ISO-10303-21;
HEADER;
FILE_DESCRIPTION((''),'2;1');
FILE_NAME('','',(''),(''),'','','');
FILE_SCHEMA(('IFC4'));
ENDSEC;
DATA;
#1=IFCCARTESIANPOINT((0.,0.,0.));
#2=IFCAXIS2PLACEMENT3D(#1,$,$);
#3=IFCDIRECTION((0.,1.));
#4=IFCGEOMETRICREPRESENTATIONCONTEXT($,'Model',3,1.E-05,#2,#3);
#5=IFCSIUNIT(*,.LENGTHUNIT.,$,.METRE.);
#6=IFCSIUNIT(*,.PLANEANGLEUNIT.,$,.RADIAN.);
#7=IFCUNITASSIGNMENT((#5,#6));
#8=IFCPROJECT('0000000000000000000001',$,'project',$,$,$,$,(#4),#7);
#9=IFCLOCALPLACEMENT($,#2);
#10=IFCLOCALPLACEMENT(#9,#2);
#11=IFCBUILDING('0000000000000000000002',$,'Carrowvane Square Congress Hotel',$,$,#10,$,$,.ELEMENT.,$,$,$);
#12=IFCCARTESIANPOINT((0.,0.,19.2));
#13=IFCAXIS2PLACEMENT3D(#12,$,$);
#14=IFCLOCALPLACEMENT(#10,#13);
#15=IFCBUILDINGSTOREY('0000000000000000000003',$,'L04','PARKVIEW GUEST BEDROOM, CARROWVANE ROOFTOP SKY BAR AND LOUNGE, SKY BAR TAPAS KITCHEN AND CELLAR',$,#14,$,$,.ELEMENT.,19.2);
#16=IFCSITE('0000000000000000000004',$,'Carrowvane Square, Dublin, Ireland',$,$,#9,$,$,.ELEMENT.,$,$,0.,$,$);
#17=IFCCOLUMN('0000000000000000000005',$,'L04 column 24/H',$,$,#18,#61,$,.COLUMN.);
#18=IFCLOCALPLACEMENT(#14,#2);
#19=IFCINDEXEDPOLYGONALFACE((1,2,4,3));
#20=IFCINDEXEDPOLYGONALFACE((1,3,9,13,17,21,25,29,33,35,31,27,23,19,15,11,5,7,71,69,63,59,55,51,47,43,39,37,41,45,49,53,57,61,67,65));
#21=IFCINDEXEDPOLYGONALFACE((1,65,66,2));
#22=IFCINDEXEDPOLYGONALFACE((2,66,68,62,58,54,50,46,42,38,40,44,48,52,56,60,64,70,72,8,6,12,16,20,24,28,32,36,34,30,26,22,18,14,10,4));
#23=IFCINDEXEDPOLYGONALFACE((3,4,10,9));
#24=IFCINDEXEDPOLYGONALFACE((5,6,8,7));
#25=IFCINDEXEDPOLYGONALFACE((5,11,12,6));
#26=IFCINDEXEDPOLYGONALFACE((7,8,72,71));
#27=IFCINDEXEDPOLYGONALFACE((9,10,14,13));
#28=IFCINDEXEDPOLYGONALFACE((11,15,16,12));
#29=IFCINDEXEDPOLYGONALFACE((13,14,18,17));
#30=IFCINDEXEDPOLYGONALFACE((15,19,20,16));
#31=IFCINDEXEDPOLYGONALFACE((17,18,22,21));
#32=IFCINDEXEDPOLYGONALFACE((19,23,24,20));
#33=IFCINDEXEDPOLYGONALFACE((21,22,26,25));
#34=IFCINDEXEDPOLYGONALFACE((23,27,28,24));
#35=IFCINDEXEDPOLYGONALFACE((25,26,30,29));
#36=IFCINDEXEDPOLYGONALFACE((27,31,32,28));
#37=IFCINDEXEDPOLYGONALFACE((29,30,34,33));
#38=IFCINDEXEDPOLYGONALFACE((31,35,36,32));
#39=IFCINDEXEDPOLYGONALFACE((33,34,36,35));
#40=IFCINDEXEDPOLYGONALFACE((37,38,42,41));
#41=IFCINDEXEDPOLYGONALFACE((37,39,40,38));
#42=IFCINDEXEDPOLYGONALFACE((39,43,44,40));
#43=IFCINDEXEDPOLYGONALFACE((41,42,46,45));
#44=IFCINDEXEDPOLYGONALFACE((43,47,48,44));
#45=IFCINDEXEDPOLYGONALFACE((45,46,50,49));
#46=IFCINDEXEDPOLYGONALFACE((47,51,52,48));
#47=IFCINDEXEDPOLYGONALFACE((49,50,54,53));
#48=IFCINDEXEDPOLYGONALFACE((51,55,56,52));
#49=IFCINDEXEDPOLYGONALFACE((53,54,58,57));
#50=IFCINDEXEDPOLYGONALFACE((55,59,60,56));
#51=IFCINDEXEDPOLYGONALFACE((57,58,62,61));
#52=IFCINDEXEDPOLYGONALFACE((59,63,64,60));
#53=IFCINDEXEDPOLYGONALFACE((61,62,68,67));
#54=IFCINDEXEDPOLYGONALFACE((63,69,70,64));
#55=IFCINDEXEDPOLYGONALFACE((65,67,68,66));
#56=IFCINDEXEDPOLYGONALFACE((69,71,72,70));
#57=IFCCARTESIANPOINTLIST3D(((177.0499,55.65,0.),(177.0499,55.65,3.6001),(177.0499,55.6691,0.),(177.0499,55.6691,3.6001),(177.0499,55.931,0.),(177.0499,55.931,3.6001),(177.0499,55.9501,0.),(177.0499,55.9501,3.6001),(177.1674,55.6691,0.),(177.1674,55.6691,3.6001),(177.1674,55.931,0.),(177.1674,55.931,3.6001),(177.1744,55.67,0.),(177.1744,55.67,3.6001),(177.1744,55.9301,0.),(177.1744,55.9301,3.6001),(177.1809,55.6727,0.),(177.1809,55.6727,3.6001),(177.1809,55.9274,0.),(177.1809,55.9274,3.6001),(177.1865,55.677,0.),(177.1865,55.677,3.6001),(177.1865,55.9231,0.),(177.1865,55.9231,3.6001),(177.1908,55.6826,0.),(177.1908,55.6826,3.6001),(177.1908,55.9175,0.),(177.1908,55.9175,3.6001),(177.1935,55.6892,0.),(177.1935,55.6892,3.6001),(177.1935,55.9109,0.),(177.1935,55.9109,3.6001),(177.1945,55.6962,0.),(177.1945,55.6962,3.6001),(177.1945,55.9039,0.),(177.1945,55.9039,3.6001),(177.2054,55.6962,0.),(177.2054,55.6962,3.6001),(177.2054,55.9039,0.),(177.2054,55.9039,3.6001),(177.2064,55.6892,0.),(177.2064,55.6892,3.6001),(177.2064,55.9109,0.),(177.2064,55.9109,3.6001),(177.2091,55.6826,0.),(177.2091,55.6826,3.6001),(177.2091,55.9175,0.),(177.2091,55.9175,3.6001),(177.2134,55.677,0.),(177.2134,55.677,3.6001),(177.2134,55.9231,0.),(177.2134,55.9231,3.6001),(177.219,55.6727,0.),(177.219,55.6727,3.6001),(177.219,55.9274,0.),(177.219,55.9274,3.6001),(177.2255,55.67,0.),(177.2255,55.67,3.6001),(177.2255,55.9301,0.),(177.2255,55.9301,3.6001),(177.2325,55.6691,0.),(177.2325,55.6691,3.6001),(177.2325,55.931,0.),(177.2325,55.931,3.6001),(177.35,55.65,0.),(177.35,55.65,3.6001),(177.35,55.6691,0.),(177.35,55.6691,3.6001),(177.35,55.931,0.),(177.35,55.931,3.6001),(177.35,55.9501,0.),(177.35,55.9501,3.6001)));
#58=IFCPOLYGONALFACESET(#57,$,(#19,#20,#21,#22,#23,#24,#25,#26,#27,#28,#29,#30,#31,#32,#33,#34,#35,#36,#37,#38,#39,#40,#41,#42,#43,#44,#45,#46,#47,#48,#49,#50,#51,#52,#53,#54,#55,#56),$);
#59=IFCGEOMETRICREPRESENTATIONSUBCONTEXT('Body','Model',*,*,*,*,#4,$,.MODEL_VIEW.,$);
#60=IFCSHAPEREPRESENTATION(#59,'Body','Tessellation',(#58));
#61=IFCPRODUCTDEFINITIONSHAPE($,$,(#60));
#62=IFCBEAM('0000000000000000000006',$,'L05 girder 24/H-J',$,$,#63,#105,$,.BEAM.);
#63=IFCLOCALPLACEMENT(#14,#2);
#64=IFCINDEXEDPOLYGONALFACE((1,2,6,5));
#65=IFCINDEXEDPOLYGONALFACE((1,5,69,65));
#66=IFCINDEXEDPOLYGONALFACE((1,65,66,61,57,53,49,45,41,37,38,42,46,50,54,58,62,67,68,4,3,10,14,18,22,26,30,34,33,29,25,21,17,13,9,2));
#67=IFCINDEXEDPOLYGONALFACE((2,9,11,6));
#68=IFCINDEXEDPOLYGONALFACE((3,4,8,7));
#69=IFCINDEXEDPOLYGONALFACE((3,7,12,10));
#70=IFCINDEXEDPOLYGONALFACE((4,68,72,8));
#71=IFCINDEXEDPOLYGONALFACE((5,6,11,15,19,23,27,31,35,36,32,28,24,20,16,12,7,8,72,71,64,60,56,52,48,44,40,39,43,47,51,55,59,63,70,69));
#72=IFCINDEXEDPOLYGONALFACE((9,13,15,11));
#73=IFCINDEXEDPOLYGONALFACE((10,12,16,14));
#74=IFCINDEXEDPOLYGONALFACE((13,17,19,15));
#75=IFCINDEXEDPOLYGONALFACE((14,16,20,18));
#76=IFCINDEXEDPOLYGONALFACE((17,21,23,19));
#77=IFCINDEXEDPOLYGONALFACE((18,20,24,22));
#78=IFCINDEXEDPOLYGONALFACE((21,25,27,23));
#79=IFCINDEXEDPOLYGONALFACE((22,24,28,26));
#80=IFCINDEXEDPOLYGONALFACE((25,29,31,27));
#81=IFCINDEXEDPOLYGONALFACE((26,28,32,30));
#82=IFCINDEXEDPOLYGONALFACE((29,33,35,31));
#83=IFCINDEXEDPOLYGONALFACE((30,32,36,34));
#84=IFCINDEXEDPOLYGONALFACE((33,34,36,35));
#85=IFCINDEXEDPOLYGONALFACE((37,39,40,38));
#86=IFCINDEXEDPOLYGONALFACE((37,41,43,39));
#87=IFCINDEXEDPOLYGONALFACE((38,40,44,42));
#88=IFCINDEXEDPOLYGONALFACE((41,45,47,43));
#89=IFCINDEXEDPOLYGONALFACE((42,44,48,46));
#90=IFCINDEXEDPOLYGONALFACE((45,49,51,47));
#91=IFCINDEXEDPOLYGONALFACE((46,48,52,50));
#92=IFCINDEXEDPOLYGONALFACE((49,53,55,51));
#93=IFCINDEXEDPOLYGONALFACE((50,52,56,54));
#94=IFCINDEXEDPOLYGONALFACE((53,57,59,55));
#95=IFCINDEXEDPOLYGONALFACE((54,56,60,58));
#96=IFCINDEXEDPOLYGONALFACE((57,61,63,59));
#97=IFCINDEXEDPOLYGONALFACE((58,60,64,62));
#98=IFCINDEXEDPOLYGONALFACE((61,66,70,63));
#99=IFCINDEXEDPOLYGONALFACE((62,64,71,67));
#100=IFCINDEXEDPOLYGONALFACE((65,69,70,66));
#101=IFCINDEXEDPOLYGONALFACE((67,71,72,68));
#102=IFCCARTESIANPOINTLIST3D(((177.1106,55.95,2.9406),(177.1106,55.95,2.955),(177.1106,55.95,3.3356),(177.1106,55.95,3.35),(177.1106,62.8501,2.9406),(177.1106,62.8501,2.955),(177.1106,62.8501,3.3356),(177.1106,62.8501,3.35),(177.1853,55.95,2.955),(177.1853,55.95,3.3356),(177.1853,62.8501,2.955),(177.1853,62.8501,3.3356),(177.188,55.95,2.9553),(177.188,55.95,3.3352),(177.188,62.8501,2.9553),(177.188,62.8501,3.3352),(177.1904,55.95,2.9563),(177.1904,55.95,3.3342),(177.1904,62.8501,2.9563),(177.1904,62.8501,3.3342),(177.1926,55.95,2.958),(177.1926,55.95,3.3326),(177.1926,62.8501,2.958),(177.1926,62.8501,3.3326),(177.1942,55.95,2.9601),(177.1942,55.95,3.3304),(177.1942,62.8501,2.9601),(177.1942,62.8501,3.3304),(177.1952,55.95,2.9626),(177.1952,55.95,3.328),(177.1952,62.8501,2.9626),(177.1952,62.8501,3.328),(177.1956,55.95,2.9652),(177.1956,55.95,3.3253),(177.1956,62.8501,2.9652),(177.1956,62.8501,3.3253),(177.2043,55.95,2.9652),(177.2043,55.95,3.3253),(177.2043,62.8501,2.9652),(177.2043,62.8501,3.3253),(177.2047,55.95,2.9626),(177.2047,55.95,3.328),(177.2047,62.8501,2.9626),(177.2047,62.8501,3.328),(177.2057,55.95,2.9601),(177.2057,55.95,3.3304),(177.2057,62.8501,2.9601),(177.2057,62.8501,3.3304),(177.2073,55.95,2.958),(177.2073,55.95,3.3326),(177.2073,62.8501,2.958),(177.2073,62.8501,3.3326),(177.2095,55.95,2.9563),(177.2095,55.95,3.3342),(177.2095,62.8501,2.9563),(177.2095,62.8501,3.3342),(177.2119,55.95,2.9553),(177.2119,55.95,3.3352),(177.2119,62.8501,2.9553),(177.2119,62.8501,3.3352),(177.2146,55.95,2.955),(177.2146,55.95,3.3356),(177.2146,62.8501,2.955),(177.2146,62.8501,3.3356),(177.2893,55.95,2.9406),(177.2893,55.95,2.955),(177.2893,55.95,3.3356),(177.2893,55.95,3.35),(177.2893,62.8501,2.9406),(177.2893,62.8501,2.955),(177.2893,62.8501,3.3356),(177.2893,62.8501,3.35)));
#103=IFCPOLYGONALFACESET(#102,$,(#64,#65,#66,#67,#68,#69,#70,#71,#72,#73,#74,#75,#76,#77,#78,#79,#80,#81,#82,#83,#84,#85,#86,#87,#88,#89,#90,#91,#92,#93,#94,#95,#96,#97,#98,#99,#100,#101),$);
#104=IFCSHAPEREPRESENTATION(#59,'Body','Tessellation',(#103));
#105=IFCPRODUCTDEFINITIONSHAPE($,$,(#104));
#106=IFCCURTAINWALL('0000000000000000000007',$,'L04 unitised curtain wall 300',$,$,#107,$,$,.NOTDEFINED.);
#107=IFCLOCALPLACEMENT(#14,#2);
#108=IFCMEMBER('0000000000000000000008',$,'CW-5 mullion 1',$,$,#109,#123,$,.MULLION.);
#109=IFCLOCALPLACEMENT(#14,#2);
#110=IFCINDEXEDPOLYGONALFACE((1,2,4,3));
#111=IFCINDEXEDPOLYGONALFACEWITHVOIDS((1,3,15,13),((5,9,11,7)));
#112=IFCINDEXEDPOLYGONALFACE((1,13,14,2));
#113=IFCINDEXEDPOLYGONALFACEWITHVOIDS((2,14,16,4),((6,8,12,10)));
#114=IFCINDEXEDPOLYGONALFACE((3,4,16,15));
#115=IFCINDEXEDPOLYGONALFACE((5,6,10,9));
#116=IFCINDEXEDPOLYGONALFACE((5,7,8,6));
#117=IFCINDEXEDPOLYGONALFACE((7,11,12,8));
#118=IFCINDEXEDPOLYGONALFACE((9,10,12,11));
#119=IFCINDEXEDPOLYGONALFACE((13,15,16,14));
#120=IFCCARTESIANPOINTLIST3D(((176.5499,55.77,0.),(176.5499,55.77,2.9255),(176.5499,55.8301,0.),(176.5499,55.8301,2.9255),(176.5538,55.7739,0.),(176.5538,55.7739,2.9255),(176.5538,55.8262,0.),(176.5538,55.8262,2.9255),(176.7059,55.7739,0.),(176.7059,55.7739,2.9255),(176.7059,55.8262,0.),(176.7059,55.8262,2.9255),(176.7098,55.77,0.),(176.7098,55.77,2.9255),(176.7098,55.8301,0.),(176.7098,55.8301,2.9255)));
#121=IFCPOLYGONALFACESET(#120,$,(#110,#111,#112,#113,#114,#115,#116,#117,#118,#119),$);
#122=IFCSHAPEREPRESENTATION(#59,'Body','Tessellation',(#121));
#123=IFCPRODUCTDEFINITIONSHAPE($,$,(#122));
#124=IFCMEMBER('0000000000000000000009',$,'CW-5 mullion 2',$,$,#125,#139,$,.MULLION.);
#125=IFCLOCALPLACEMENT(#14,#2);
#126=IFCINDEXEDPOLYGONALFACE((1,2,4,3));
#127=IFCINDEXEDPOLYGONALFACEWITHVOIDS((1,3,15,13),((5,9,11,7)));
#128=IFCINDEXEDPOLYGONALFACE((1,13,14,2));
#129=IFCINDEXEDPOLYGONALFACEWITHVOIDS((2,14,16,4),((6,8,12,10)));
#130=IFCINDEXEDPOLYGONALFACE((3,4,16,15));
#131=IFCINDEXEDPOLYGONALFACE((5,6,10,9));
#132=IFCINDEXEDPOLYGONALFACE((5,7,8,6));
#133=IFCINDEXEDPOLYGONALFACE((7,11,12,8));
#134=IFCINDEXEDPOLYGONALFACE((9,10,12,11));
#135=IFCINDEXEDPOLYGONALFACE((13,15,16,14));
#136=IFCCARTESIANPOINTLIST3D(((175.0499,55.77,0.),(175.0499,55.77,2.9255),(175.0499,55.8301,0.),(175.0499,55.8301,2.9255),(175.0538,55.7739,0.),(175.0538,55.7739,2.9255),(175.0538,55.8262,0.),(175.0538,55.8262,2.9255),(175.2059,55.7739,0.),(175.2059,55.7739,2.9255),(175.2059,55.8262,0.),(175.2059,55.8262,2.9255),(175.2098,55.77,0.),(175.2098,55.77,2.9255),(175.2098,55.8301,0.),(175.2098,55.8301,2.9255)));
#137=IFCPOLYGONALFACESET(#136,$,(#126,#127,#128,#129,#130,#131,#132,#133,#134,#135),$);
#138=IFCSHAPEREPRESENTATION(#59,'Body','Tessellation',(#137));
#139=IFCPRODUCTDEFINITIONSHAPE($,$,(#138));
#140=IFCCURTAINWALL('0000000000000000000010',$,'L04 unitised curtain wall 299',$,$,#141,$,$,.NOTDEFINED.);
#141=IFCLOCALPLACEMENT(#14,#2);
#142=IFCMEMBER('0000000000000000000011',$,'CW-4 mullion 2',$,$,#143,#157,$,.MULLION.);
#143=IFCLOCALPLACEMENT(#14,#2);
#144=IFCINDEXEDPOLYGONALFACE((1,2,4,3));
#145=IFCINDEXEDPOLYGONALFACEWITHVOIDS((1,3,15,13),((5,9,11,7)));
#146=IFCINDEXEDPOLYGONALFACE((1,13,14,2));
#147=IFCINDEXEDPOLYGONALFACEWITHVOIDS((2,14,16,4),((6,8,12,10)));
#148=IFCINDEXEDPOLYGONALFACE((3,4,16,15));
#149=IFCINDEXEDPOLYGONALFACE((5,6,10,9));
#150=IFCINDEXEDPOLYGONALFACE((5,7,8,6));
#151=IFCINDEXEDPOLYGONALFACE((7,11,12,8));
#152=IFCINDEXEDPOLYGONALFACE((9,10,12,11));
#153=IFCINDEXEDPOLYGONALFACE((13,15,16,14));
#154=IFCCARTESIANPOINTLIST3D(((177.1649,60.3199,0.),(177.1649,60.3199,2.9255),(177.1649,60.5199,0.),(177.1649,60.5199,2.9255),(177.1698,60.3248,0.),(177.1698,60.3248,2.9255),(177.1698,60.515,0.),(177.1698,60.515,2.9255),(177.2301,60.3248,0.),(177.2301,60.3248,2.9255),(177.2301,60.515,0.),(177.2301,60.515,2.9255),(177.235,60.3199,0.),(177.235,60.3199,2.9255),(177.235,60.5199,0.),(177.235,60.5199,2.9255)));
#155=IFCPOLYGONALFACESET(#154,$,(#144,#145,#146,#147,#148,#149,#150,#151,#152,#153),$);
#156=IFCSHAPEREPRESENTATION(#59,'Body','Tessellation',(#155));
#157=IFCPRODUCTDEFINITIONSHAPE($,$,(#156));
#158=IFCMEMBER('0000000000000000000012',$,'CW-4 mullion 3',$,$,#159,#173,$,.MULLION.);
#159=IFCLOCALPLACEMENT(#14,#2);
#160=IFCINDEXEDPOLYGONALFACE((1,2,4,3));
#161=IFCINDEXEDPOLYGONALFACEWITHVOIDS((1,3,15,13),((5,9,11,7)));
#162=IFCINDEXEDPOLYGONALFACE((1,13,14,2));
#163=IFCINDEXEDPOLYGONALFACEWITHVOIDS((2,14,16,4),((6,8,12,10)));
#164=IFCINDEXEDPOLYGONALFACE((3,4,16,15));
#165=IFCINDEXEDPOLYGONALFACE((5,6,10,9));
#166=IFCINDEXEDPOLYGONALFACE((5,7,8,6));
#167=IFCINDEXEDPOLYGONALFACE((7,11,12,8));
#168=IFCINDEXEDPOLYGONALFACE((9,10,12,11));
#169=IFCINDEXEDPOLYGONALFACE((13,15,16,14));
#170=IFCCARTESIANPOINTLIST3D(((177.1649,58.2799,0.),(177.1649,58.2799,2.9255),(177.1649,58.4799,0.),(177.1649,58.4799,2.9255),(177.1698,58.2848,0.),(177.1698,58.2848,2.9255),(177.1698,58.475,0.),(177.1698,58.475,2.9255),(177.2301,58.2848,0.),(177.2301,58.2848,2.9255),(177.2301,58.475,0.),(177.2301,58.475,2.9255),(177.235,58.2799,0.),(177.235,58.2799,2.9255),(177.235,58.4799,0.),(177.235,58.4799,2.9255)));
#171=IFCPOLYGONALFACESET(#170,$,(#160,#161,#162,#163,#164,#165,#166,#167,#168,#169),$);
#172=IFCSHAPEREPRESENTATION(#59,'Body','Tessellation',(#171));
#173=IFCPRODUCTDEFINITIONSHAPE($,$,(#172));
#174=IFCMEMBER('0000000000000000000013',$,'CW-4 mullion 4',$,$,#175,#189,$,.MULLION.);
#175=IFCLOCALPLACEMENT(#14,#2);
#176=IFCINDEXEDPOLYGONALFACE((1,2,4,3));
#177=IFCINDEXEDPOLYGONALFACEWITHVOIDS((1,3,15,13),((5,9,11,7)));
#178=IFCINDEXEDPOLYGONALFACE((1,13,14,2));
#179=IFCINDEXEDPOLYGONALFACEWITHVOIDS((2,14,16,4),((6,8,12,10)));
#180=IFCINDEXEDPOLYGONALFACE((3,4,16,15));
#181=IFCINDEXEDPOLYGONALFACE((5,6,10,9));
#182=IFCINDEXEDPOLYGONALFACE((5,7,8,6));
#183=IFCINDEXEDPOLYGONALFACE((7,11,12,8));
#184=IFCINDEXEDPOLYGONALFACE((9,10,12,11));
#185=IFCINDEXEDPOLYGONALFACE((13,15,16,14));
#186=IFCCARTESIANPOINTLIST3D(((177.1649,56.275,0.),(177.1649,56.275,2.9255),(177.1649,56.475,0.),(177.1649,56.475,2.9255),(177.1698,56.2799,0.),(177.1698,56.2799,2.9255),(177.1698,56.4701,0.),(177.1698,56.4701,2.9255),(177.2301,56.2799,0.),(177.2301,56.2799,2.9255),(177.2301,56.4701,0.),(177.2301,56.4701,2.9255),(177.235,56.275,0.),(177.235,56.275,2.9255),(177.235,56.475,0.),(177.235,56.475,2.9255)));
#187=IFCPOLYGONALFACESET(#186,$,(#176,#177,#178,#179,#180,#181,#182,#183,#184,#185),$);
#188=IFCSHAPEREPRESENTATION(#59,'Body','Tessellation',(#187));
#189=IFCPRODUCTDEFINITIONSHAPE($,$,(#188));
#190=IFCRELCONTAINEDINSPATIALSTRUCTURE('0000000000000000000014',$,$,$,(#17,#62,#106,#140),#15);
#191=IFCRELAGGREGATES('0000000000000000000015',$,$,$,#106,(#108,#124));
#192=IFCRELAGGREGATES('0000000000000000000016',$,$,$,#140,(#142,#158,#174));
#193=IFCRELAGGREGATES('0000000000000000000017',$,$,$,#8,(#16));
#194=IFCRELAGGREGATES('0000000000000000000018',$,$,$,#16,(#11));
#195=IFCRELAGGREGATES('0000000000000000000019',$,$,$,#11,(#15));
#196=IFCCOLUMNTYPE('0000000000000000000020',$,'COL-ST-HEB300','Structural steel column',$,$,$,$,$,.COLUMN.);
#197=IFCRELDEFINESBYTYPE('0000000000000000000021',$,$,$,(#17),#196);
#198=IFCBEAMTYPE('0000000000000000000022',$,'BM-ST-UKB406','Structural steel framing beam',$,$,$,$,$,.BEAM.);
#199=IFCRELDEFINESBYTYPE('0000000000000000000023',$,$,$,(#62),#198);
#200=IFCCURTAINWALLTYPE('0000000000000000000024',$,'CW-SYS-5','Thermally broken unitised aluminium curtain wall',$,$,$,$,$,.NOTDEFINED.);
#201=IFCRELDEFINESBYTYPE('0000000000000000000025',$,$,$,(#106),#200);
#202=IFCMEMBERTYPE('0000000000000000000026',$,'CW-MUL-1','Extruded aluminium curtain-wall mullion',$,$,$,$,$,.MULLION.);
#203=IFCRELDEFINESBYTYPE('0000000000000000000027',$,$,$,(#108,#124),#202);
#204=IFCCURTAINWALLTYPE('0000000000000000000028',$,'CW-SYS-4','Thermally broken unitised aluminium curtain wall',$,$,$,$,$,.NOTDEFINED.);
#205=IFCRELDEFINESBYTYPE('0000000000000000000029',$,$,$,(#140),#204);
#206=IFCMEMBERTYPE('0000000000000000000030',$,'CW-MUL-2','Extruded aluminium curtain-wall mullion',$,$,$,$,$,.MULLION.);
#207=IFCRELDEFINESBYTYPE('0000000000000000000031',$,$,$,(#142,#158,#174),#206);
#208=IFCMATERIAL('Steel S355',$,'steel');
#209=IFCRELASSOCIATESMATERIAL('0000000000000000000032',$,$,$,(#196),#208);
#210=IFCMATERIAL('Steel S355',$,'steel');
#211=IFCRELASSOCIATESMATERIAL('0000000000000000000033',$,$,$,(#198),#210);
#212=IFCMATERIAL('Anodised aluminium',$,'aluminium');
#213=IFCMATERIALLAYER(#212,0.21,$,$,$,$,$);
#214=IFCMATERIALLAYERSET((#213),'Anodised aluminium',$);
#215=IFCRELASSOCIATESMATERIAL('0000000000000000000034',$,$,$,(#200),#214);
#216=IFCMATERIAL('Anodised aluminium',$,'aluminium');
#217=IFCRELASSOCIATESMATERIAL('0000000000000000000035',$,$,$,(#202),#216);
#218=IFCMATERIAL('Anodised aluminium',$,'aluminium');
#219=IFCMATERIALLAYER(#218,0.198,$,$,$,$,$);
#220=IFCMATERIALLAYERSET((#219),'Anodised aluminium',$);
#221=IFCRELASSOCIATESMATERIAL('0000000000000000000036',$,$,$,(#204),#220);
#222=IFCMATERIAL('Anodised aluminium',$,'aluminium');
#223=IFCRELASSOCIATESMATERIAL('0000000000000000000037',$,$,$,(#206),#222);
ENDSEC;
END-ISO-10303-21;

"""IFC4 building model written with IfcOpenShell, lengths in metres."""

from ifc_helpers import new_model, si_unit, direction, frame, origin, origin_2d, place, context, subcontext, project, spatial, hollow_rectangle, i_section, extrude, material, layer, layer_set, material_profile, profile_set, type_object, element, aggregate, save


model = new_model("IFC4")

# Units and contexts
model_context = context("Model", 3, precision=1e-05, world=origin(), true_north=direction((0.0, 1.0)))
body_context = subcontext(model_context, "Body", "Model", "MODEL_VIEW")
ifc_project = project(units=[si_unit("LENGTHUNIT", "METRE"), si_unit("PLANEANGLEUNIT", "RADIAN")], contexts=[model_context])

# Site, building, storey
site_placement = place(None, origin())
site = spatial("IfcSite", under=ifc_project, at=site_placement, Name="Carrowvane Square, Dublin, Ireland", CompositionType="ELEMENT", RefElevation=0.0)
building_placement = place(site_placement, origin())
building = spatial("IfcBuilding", under=site, at=building_placement, Name="Carrowvane Square Congress Hotel", CompositionType="ELEMENT")
storey_placement = place(building_placement, frame((0.0, 0.0, 19.2)))
storey = spatial("IfcBuildingStorey", under=building, at=storey_placement, Name="L04", Description="PARKVIEW GUEST BEDROOM, CARROWVANE ROOFTOP SKY BAR AND LOUNGE, SKY BAR TAPAS KITCHEN AND CELLAR", CompositionType="ELEMENT", Elevation=19.2)

# Column
ifc_material_1 = material(Name="Steel S355", Category="steel")
ifc_material_profile_1 = material_profile(ifc_material_1, i_section(OverallWidth=0.3, OverallDepth=0.3, WebThickness=0.011, FlangeThickness=0.019, FilletRadius=0.0271, at=origin_2d()), Name="HEB 300")
ifc_profile_set_1 = profile_set([ifc_material_profile_1], Name="Steel S355")
column_type = type_object("IfcColumnType", Name="COL-ST-HEB300", Description="Structural steel column", PredefinedType="COLUMN", material=ifc_profile_set_1)
column_placement = place(storey_placement, frame((177.2, 55.8, 0.0), z_axis=(0.0, 0.0, 1.0), x_axis=(1.0, 0.0, 0.0)))
element("IfcColumn", 1, at=column_placement, inside=storey, type_object=column_type, Name="L04 column 24/H", PredefinedType="COLUMN", context=body_context, shape_type="SweptSolid", body=[
    extrude(i_section(OverallWidth=0.3, OverallDepth=0.3, WebThickness=0.011, FlangeThickness=0.019, FilletRadius=0.0271, at=origin_2d()), origin(), (0.0, 0.0, 1.0), 3.6001),
])

# Beam
ifc_material_2 = material(Name="Steel S355", Category="steel")
ifc_material_profile_2 = material_profile(ifc_material_2, i_section(OverallWidth=0.1787, OverallDepth=0.4094, WebThickness=0.0088, FlangeThickness=0.0144, FilletRadius=0.0103, at=origin_2d()), Name="UKB 406x178x67")
ifc_profile_set_2 = profile_set([ifc_material_profile_2], Name="Steel S355")
beam_type = type_object("IfcBeamType", Name="BM-ST-UKB406", Description="Structural steel framing beam", PredefinedType="BEAM", material=ifc_profile_set_2)
beam_placement = place(storey_placement, frame((177.2, 55.95, 3.1453), z_axis=(0.0, 1.0, 0.0), x_axis=(-1.0, 0.0, 0.0)))
element("IfcBeam", 2, at=beam_placement, inside=storey, type_object=beam_type, Name="L05 girder 24/H-J", PredefinedType="BEAM", context=body_context, shape_type="SweptSolid", body=[
    extrude(i_section(OverallWidth=0.1787, OverallDepth=0.4094, WebThickness=0.0088, FlangeThickness=0.0144, FilletRadius=0.0103, at=origin_2d()), origin(), (0.0, 0.0, 1.0), 6.9001),
])

# Curtain walls, members
ifc_material_3 = material(Name="Anodised aluminium", Category="aluminium")
ifc_layer_1 = layer(ifc_material_3, 0.21)
ifc_layer_set_1 = layer_set([ifc_layer_1], Name="Anodised aluminium")
curtain_wall_type_1 = type_object("IfcCurtainWallType", Name="CW-SYS-5", Description="Thermally broken unitised aluminium curtain wall", PredefinedType="NOTDEFINED", material=ifc_layer_set_1)
curtain_wall_1_placement = place(storey_placement, origin())
curtain_wall_1 = element("IfcCurtainWall", 3, at=curtain_wall_1_placement, inside=storey, type_object=curtain_wall_type_1, Name="L04 unitised curtain wall 300", PredefinedType="NOTDEFINED")
ifc_material_4 = material(Name="Anodised aluminium", Category="aluminium")
ifc_material_profile_3 = material_profile(ifc_material_4, hollow_rectangle(XDim=0.0601, YDim=0.1599, WallThickness=0.0039, at=origin_2d()), Name="CW-ML 60x160x4")
ifc_profile_set_3 = profile_set([ifc_material_profile_3], Name="Anodised aluminium")
member_type_1 = type_object("IfcMemberType", Name="CW-MUL-1", Description="Extruded aluminium curtain-wall mullion", PredefinedType="MULLION", material=ifc_profile_set_3)
member_1_placement = place(storey_placement, frame((176.6299, 55.8, 0.0), z_axis=(0.0, 0.0, 1.0), x_axis=(0.0, -1.0, 0.0)))
member_1 = element("IfcMember", 4, at=member_1_placement, type_object=member_type_1, Name="CW-5 mullion 1", PredefinedType="MULLION", context=body_context, shape_type="SweptSolid", body=[
    extrude(hollow_rectangle(XDim=0.0601, YDim=0.1599, WallThickness=0.0039, at=origin_2d()), origin(), (0.0, 0.0, 1.0), 2.9255),
])
member_2_placement = place(storey_placement, frame((175.1299, 55.8, 0.0), z_axis=(0.0, 0.0, 1.0), x_axis=(0.0, -1.0, 0.0)))
member_2 = element("IfcMember", 5, at=member_2_placement, type_object=member_type_1, Name="CW-5 mullion 2", PredefinedType="MULLION", context=body_context, shape_type="SweptSolid", body=[
    extrude(hollow_rectangle(XDim=0.0601, YDim=0.1599, WallThickness=0.0039, at=origin_2d()), origin(), (0.0, 0.0, 1.0), 2.9255),
])
ifc_material_5 = material(Name="Anodised aluminium", Category="aluminium")
ifc_layer_2 = layer(ifc_material_5, 0.198)
ifc_layer_set_2 = layer_set([ifc_layer_2], Name="Anodised aluminium")
curtain_wall_type_2 = type_object("IfcCurtainWallType", Name="CW-SYS-4", Description="Thermally broken unitised aluminium curtain wall", PredefinedType="NOTDEFINED", material=ifc_layer_set_2)
curtain_wall_2_placement = place(storey_placement, origin())
curtain_wall_2 = element("IfcCurtainWall", 6, at=curtain_wall_2_placement, inside=storey, type_object=curtain_wall_type_2, Name="L04 unitised curtain wall 299", PredefinedType="NOTDEFINED")
ifc_material_6 = material(Name="Anodised aluminium", Category="aluminium")
ifc_material_profile_4 = material_profile(ifc_material_6, hollow_rectangle(XDim=0.0701, YDim=0.2, WallThickness=0.0049, at=origin_2d()), Name="CW-ML 70x200x5")
ifc_profile_set_4 = profile_set([ifc_material_profile_4], Name="Anodised aluminium")
member_type_2 = type_object("IfcMemberType", Name="CW-MUL-2", Description="Extruded aluminium curtain-wall mullion", PredefinedType="MULLION", material=ifc_profile_set_4)
member_3_placement = place(storey_placement, frame((177.2, 60.4199, 0.0), z_axis=(0.0, 0.0, 1.0), x_axis=(1.0, 0.0, 0.0)))
member_3 = element("IfcMember", 7, at=member_3_placement, type_object=member_type_2, Name="CW-4 mullion 2", PredefinedType="MULLION", context=body_context, shape_type="SweptSolid", body=[
    extrude(hollow_rectangle(XDim=0.0701, YDim=0.2, WallThickness=0.0049, at=origin_2d()), origin(), (0.0, 0.0, 1.0), 2.9255),
])
member_4_placement = place(storey_placement, frame((177.2, 58.3799, 0.0), z_axis=(0.0, 0.0, 1.0), x_axis=(1.0, 0.0, 0.0)))
member_4 = element("IfcMember", 8, at=member_4_placement, type_object=member_type_2, Name="CW-4 mullion 3", PredefinedType="MULLION", context=body_context, shape_type="SweptSolid", body=[
    extrude(hollow_rectangle(XDim=0.0701, YDim=0.2, WallThickness=0.0049, at=origin_2d()), origin(), (0.0, 0.0, 1.0), 2.9255),
])
member_5_placement = place(storey_placement, frame((177.2, 56.375, 0.0), z_axis=(0.0, 0.0, 1.0), x_axis=(1.0, 0.0, 0.0)))
member_5 = element("IfcMember", 9, at=member_5_placement, type_object=member_type_2, Name="CW-4 mullion 4", PredefinedType="MULLION", context=body_context, shape_type="SweptSolid", body=[
    extrude(hollow_rectangle(XDim=0.0701, YDim=0.2, WallThickness=0.0049, at=origin_2d()), origin(), (0.0, 0.0, 1.0), 2.9255),
])

aggregate(curtain_wall_1, [member_1, member_2])
aggregate(curtain_wall_2, [member_3, member_4, member_5])

save(model, "model.ifc")
